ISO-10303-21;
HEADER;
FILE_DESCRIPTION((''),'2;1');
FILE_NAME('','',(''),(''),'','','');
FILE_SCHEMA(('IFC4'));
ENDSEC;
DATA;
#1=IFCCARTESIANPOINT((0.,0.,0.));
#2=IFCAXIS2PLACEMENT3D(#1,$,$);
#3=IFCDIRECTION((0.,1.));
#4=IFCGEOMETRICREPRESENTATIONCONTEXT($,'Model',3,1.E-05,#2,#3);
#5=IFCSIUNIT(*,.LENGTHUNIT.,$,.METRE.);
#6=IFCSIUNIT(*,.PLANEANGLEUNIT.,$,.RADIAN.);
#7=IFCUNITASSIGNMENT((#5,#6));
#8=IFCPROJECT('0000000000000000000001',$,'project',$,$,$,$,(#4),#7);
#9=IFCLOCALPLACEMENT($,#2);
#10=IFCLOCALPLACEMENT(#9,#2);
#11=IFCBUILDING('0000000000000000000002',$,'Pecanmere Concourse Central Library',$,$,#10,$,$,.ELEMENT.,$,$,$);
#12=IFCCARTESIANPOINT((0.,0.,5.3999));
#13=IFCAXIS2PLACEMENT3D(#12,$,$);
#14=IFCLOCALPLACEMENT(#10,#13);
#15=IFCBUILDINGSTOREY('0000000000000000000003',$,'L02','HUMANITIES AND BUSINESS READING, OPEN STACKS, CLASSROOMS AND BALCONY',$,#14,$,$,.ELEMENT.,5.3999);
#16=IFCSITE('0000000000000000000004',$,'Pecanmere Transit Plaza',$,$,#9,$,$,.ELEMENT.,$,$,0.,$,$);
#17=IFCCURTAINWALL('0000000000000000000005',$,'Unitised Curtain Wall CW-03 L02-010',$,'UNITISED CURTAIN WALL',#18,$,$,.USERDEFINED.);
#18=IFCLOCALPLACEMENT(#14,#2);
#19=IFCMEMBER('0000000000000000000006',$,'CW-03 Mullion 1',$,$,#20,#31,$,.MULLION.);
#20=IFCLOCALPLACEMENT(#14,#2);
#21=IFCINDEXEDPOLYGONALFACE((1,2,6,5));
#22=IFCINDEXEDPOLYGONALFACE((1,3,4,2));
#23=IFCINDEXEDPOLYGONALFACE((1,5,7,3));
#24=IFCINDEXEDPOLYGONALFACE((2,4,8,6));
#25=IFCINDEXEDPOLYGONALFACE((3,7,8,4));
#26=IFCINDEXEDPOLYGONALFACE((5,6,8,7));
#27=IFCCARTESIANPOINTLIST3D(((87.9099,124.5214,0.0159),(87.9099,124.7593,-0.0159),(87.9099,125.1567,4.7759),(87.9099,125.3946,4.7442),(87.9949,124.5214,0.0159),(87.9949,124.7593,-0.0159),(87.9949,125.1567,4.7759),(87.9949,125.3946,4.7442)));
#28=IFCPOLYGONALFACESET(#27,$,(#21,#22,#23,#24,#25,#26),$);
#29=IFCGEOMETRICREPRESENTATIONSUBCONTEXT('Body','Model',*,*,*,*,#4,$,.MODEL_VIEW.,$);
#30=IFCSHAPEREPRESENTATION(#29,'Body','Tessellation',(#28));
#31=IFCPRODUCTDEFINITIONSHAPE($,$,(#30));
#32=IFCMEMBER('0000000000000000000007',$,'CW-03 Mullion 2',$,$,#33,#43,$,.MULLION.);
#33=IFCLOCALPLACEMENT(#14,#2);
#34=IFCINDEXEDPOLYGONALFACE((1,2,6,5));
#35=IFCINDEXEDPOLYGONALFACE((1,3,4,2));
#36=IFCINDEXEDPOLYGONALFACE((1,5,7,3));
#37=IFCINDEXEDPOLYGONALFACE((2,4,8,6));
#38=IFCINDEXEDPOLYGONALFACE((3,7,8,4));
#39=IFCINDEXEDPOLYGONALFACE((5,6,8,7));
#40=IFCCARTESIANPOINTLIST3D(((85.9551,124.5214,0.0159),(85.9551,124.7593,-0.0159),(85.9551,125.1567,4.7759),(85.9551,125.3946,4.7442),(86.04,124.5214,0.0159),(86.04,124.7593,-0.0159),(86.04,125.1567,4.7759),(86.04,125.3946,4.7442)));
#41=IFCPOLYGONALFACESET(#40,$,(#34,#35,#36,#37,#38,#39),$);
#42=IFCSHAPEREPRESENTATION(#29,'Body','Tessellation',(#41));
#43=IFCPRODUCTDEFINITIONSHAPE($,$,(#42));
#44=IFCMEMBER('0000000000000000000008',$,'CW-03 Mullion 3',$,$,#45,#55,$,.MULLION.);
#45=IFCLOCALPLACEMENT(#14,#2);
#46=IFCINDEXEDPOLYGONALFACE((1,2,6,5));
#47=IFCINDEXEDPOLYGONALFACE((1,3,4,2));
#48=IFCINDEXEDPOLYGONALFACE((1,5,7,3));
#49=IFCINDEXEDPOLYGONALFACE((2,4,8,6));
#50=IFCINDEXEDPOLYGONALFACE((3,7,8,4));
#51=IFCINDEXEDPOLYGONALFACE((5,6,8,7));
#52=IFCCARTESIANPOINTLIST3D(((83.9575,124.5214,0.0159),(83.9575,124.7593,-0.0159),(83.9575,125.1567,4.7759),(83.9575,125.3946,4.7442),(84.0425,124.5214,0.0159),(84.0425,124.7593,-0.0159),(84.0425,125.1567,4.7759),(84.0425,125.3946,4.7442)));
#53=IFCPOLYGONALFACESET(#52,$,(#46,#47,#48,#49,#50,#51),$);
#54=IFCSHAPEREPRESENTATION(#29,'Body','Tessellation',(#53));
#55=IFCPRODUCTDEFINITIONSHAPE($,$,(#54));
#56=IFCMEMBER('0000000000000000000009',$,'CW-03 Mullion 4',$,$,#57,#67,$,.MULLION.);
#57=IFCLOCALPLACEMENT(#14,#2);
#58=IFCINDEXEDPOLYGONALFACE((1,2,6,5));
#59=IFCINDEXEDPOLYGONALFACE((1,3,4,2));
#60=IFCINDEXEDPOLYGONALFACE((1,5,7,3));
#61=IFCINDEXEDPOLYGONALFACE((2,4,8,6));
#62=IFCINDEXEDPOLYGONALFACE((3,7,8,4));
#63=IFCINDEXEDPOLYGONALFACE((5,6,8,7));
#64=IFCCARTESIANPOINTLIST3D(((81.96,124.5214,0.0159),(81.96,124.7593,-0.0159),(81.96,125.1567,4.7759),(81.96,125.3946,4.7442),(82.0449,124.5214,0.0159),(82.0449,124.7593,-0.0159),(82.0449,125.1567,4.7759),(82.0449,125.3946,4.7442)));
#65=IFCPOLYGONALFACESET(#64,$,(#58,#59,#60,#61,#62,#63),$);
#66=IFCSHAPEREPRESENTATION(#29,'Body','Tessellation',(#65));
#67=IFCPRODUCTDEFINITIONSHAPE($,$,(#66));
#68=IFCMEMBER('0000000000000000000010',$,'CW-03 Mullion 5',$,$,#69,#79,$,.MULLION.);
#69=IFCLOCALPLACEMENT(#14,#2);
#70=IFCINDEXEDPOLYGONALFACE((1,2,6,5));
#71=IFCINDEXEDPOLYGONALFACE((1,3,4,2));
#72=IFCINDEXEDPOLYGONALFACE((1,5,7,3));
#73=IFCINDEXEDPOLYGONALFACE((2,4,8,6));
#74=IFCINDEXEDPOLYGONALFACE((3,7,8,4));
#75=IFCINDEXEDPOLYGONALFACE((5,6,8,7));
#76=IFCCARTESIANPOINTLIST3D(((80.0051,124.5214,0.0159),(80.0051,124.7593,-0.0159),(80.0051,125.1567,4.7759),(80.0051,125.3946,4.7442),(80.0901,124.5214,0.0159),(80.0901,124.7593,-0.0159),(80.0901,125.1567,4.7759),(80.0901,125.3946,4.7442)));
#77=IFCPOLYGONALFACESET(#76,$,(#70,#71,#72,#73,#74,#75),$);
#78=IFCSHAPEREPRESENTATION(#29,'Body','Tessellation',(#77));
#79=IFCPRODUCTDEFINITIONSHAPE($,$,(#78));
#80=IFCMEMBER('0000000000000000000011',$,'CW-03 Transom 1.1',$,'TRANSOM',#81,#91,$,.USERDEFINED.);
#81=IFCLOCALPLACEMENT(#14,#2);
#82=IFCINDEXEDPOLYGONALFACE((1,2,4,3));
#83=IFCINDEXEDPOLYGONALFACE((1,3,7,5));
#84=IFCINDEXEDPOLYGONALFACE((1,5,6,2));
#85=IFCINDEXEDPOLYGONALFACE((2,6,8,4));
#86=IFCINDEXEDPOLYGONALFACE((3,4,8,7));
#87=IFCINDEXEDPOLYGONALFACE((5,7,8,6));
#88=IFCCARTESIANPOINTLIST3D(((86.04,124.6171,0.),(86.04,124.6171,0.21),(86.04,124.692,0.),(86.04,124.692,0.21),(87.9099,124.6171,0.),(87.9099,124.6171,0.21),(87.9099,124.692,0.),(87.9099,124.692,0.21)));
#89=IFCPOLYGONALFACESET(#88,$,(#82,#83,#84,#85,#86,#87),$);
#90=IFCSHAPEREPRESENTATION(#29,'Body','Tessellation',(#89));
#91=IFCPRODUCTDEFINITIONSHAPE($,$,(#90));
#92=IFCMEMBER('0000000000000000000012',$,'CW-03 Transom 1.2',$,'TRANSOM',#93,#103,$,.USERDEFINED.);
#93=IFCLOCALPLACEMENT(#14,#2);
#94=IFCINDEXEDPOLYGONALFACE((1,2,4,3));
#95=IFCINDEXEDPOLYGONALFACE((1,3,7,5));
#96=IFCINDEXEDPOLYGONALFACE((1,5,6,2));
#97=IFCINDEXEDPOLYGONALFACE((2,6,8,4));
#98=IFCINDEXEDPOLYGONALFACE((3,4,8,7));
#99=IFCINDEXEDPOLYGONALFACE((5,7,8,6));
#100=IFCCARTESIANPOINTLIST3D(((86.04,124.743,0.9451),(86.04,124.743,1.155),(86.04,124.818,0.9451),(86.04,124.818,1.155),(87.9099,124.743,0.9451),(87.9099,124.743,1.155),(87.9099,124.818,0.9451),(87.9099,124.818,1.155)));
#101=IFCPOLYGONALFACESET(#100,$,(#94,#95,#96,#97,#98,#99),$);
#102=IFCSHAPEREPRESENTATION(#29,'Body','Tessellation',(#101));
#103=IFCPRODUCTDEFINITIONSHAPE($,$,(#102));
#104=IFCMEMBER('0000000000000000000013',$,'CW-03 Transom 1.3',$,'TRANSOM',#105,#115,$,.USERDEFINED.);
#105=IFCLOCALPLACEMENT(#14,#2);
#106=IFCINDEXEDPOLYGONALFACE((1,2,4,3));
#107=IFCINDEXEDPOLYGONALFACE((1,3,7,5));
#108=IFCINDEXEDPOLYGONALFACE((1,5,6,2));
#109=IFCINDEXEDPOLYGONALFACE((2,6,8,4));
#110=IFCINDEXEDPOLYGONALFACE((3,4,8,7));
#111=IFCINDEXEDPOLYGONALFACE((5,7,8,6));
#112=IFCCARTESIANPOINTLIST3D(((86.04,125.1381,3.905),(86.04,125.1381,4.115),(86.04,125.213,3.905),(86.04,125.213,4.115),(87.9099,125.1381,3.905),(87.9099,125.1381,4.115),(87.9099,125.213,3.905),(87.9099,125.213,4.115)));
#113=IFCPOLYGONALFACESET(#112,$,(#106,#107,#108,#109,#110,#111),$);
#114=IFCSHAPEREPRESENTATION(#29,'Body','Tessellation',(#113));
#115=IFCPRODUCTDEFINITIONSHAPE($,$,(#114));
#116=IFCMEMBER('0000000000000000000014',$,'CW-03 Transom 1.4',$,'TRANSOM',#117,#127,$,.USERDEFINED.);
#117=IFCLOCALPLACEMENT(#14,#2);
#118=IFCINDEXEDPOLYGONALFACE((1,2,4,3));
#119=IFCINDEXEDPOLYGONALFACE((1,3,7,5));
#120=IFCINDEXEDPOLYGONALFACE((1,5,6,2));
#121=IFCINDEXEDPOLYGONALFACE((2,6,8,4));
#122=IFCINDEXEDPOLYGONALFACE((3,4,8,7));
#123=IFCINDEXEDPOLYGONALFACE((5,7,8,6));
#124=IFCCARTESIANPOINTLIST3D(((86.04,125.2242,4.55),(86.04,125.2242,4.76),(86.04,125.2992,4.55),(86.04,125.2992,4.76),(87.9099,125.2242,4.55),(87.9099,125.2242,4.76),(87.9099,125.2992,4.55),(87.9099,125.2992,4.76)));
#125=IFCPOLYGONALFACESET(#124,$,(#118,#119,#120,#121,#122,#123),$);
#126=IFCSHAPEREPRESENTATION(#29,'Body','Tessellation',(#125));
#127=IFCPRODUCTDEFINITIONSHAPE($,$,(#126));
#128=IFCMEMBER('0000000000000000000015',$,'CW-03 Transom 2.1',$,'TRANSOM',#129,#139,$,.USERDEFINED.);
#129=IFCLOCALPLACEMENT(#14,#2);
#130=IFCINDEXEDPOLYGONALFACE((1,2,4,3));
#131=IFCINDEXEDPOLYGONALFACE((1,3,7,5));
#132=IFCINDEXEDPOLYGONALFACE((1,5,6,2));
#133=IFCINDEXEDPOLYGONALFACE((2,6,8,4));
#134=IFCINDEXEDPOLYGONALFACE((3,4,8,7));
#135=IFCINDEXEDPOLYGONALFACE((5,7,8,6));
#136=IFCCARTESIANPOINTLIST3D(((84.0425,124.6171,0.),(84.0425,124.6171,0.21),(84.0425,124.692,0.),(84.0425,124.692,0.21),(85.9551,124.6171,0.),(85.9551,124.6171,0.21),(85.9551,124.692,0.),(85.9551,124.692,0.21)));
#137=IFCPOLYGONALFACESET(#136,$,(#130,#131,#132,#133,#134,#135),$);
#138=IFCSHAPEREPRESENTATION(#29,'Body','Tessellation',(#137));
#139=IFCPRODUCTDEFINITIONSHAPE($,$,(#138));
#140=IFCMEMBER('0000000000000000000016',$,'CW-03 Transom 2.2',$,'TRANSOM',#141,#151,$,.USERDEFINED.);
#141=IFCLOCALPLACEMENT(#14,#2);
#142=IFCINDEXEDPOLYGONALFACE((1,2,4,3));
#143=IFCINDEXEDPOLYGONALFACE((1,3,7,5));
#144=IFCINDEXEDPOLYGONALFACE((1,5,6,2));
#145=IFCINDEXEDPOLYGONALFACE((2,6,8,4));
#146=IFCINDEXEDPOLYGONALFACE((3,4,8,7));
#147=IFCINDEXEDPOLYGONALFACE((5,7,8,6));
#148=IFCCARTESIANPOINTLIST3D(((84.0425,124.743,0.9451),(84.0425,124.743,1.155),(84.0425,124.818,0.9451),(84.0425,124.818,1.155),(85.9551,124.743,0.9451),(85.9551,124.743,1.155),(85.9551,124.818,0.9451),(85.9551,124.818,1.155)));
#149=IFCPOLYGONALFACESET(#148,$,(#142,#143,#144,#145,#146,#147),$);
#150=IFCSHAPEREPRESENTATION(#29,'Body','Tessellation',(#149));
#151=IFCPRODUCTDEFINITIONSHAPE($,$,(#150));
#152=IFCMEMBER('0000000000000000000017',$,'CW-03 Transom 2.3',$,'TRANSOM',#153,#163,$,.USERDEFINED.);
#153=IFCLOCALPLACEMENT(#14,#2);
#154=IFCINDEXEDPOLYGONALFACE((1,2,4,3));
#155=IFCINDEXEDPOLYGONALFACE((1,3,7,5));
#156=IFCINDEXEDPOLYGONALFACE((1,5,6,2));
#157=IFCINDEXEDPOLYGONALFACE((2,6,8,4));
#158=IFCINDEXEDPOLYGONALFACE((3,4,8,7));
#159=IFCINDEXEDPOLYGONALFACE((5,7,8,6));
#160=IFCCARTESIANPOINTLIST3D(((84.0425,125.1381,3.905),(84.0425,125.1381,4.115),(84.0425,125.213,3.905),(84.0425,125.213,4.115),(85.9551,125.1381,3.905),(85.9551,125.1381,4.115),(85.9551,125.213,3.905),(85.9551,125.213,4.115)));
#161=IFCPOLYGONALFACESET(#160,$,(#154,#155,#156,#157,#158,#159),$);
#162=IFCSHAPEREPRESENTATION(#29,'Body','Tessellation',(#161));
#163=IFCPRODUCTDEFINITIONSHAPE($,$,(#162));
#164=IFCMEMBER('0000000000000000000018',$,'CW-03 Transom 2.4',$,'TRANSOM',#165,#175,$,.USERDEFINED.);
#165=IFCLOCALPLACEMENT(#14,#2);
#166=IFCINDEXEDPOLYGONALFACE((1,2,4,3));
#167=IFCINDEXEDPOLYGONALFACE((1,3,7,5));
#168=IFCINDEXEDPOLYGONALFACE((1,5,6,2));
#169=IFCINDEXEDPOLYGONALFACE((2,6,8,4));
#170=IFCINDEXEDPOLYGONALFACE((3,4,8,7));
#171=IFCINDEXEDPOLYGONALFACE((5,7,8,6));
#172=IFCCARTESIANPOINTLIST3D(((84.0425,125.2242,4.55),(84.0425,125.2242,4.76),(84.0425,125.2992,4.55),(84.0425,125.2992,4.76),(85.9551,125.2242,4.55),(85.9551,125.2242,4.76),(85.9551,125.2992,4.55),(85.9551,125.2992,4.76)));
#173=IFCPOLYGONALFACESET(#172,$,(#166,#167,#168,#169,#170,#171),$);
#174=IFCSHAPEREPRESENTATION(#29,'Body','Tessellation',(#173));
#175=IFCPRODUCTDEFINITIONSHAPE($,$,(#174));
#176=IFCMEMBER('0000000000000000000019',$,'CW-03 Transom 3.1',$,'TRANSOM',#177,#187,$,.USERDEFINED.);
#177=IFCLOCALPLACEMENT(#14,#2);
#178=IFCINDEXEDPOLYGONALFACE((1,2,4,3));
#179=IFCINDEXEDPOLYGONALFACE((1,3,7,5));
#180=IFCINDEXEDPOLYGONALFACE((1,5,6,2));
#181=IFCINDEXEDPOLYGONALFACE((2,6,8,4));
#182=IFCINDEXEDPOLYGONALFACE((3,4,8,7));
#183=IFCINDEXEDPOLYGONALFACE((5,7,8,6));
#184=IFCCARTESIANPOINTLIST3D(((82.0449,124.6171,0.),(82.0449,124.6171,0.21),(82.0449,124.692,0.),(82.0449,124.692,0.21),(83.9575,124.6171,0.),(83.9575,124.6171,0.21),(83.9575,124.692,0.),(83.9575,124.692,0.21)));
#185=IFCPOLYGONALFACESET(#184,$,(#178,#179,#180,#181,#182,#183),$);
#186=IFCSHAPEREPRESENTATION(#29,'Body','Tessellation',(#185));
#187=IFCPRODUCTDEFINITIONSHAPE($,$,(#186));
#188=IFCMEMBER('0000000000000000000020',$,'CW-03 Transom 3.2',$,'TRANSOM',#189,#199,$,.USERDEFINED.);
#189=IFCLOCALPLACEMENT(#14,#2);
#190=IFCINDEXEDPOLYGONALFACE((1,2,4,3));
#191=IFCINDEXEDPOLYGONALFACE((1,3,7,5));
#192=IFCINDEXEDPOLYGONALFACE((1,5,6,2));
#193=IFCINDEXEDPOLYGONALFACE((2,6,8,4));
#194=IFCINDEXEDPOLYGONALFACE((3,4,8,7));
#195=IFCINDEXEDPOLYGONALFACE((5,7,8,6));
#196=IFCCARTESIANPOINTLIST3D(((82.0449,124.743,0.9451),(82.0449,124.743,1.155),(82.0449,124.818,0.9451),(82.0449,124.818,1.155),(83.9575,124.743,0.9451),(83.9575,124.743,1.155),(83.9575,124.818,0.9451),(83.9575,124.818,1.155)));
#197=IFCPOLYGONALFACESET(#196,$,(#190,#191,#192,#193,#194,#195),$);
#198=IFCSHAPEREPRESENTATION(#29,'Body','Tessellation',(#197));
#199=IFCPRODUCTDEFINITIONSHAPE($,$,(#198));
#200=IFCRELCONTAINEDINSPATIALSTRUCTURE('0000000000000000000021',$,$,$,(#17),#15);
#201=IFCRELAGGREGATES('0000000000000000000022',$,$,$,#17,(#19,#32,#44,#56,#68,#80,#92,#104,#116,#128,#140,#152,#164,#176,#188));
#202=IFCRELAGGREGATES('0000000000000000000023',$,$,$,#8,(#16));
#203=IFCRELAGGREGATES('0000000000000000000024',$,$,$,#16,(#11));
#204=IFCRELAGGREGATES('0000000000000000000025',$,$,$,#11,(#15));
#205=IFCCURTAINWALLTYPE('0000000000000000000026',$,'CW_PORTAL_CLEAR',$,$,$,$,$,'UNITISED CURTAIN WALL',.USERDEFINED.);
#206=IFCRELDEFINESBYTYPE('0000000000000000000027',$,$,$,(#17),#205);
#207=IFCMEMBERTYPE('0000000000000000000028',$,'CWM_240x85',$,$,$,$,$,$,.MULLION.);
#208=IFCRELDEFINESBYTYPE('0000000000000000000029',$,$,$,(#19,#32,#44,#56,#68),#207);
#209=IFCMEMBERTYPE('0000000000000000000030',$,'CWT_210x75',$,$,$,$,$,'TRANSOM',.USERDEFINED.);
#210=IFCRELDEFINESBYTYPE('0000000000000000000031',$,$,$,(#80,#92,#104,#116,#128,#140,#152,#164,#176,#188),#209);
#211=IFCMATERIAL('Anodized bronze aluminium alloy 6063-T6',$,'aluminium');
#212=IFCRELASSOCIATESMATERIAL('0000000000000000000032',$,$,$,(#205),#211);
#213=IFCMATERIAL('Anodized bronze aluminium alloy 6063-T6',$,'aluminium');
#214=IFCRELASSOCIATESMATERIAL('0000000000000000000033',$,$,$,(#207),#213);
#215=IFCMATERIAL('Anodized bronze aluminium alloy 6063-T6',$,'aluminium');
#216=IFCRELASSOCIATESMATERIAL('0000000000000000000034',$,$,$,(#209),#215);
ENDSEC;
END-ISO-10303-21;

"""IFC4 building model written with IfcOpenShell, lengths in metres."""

from ifc_helpers import new_model, si_unit, direction, frame, origin, origin_2d, place, context, subcontext, project, spatial, rectangle, extrude, material, material_profile, profile_set, type_object, element, aggregate, save


model = new_model("IFC4")

# Units and contexts
model_context = context("Model", 3, precision=1e-05, world=origin(), true_north=direction((0.0, 1.0)))
body_context = subcontext(model_context, "Body", "Model", "MODEL_VIEW")
ifc_project = project(units=[si_unit("LENGTHUNIT", "METRE"), si_unit("PLANEANGLEUNIT", "RADIAN")], contexts=[model_context])

# Site, building, storey
site_placement = place(None, origin())
site = spatial("IfcSite", under=ifc_project, at=site_placement, Name="Pecanmere Transit Plaza", CompositionType="ELEMENT", RefElevation=0.0)
building_placement = place(site_placement, origin())
building = spatial("IfcBuilding", under=site, at=building_placement, Name="Pecanmere Concourse Central Library", CompositionType="ELEMENT")
storey_placement = place(building_placement, frame((0.0, 0.0, 5.3999)))
storey = spatial("IfcBuildingStorey", under=building, at=storey_placement, Name="L02", Description="HUMANITIES AND BUSINESS READING, OPEN STACKS, CLASSROOMS AND BALCONY", CompositionType="ELEMENT", Elevation=5.3999)

# Curtain wall, members
ifc_material_1 = material(Name="Anodized bronze aluminium alloy 6063-T6", Category="aluminium")
curtain_wall_type = type_object("IfcCurtainWallType", Name="CW_PORTAL_CLEAR", ElementType="UNITISED CURTAIN WALL", PredefinedType="USERDEFINED", material=ifc_material_1)
curtain_wall_placement = place(storey_placement, origin())
curtain_wall = element("IfcCurtainWall", 1, at=curtain_wall_placement, inside=storey, type_object=curtain_wall_type, Name="Unitised Curtain Wall CW-03 L02-010", ObjectType="UNITISED CURTAIN WALL", PredefinedType="USERDEFINED")
ifc_material_2 = material(Name="Anodized bronze aluminium alloy 6063-T6", Category="aluminium")
ifc_material_profile_1 = material_profile(ifc_material_2, rectangle(XDim=0.085, YDim=0.24, at=origin_2d()), Name="AL 85x240")
ifc_profile_set_1 = profile_set([ifc_material_profile_1], Name="Anodized bronze aluminium alloy 6063-T6")
member_type_1 = type_object("IfcMemberType", Name="CWM_240x85", PredefinedType="MULLION", material=ifc_profile_set_1)
member_1_placement = place(storey_placement, frame((87.9524, 124.6404, 0.0), z_axis=(0.0, 0.132284, 0.991212), x_axis=(-1.0, 0.0, 0.0)))
member_1 = element("IfcMember", 2, at=member_1_placement, type_object=member_type_1, Name="CW-03 Mullion 1", PredefinedType="MULLION", context=body_context, shape_type="SweptSolid", body=[
    extrude(rectangle(XDim=0.085, YDim=0.24, at=origin_2d()), origin(), (0.0, 0.0, 1.0), 4.8022),
])
member_2_placement = place(storey_placement, frame((85.9976, 124.6404, 0.0), z_axis=(0.0, 0.132284, 0.991212), x_axis=(-1.0, 0.0, 0.0)))
member_2 = element("IfcMember", 3, at=member_2_placement, type_object=member_type_1, Name="CW-03 Mullion 2", PredefinedType="MULLION", context=body_context, shape_type="SweptSolid", body=[
    extrude(rectangle(XDim=0.085, YDim=0.24, at=origin_2d()), origin(), (0.0, 0.0, 1.0), 4.8022),
])
member_3_placement = place(storey_placement, frame((84.0, 124.6404, 0.0), z_axis=(0.0, 0.132284, 0.991212), x_axis=(-1.0, 0.0, 0.0)))
member_3 = element("IfcMember", 4, at=member_3_placement, type_object=member_type_1, Name="CW-03 Mullion 3", PredefinedType="MULLION", context=body_context, shape_type="SweptSolid", body=[
    extrude(rectangle(XDim=0.085, YDim=0.24, at=origin_2d()), origin(), (0.0, 0.0, 1.0), 4.8022),
])
member_4_placement = place(storey_placement, frame((82.0024, 124.6404, 0.0), z_axis=(0.0, 0.132284, 0.991212), x_axis=(-1.0, 0.0, 0.0)))
member_4 = element("IfcMember", 5, at=member_4_placement, type_object=member_type_1, Name="CW-03 Mullion 4", PredefinedType="MULLION", context=body_context, shape_type="SweptSolid", body=[
    extrude(rectangle(XDim=0.085, YDim=0.24, at=origin_2d()), origin(), (0.0, 0.0, 1.0), 4.8022),
])
member_5_placement = place(storey_placement, frame((80.0476, 124.6404, 0.0), z_axis=(0.0, 0.132284, 0.991212), x_axis=(-1.0, 0.0, 0.0)))
member_5 = element("IfcMember", 6, at=member_5_placement, type_object=member_type_1, Name="CW-03 Mullion 5", PredefinedType="MULLION", context=body_context, shape_type="SweptSolid", body=[
    extrude(rectangle(XDim=0.085, YDim=0.24, at=origin_2d()), origin(), (0.0, 0.0, 1.0), 4.8022),
])
ifc_material_3 = material(Name="Anodized bronze aluminium alloy 6063-T6", Category="aluminium")
ifc_material_profile_2 = material_profile(ifc_material_3, rectangle(XDim=0.075, YDim=0.21, at=origin_2d()), Name="AL 75x210")
ifc_profile_set_2 = profile_set([ifc_material_profile_2], Name="Anodized bronze aluminium alloy 6063-T6")
member_type_2 = type_object("IfcMemberType", Name="CWT_210x75", ElementType="TRANSOM", PredefinedType="USERDEFINED", material=ifc_profile_set_2)
member_6_placement = place(storey_placement, frame((87.9099, 124.6545, 0.105), z_axis=(-1.0, 0.0, 0.0), x_axis=(0.0, -1.0, 0.0)))
member_6 = element("IfcMember", 7, at=member_6_placement, type_object=member_type_2, Name="CW-03 Transom 1.1", ObjectType="TRANSOM", PredefinedType="USERDEFINED", context=body_context, shape_type="SweptSolid", body=[
    extrude(rectangle(XDim=0.075, YDim=0.21, at=origin_2d()), origin(), (0.0, 0.0, 1.0), 1.8699),
])
member_7_placement = place(storey_placement, frame((87.9099, 124.7805, 1.05), z_axis=(-1.0, 0.0, 0.0), x_axis=(0.0, -1.0, 0.0)))
member_7 = element("IfcMember", 8, at=member_7_placement, type_object=member_type_2, Name="CW-03 Transom 1.2", ObjectType="TRANSOM", PredefinedType="USERDEFINED", context=body_context, shape_type="SweptSolid", body=[
    extrude(rectangle(XDim=0.075, YDim=0.21, at=origin_2d()), origin(), (0.0, 0.0, 1.0), 1.8699),
])
member_8_placement = place(storey_placement, frame((87.9099, 125.1755, 4.01), z_axis=(-1.0, 0.0, 0.0), x_axis=(0.0, -1.0, 0.0)))
member_8 = element("IfcMember", 9, at=member_8_placement, type_object=member_type_2, Name="CW-03 Transom 1.3", ObjectType="TRANSOM", PredefinedType="USERDEFINED", context=body_context, shape_type="SweptSolid", body=[
    extrude(rectangle(XDim=0.075, YDim=0.21, at=origin_2d()), origin(), (0.0, 0.0, 1.0), 1.8699),
])
member_9_placement = place(storey_placement, frame((87.9099, 125.2617, 4.655), z_axis=(-1.0, 0.0, 0.0), x_axis=(0.0, -1.0, 0.0)))
member_9 = element("IfcMember", 10, at=member_9_placement, type_object=member_type_2, Name="CW-03 Transom 1.4", ObjectType="TRANSOM", PredefinedType="USERDEFINED", context=body_context, shape_type="SweptSolid", body=[
    extrude(rectangle(XDim=0.075, YDim=0.21, at=origin_2d()), origin(), (0.0, 0.0, 1.0), 1.8699),
])
member_10_placement = place(storey_placement, frame((85.9551, 124.6545, 0.105), z_axis=(-1.0, 0.0, 0.0), x_axis=(0.0, -1.0, 0.0)))
member_10 = element("IfcMember", 11, at=member_10_placement, type_object=member_type_2, Name="CW-03 Transom 2.1", ObjectType="TRANSOM", PredefinedType="USERDEFINED", context=body_context, shape_type="SweptSolid", body=[
    extrude(rectangle(XDim=0.075, YDim=0.21, at=origin_2d()), origin(), (0.0, 0.0, 1.0), 1.9126),
])
member_11_placement = place(storey_placement, frame((85.9551, 124.7805, 1.05), z_axis=(-1.0, 0.0, 0.0), x_axis=(0.0, -1.0, 0.0)))
member_11 = element("IfcMember", 12, at=member_11_placement, type_object=member_type_2, Name="CW-03 Transom 2.2", ObjectType="TRANSOM", PredefinedType="USERDEFINED", context=body_context, shape_type="SweptSolid", body=[
    extrude(rectangle(XDim=0.075, YDim=0.21, at=origin_2d()), origin(), (0.0, 0.0, 1.0), 1.9126),
])
member_12_placement = place(storey_placement, frame((85.9551, 125.1755, 4.01), z_axis=(-1.0, 0.0, 0.0), x_axis=(0.0, -1.0, 0.0)))
member_12 = element("IfcMember", 13, at=member_12_placement, type_object=member_type_2, Name="CW-03 Transom 2.3", ObjectType="TRANSOM", PredefinedType="USERDEFINED", context=body_context, shape_type="SweptSolid", body=[
    extrude(rectangle(XDim=0.075, YDim=0.21, at=origin_2d()), origin(), (0.0, 0.0, 1.0), 1.9126),
])
member_13_placement = place(storey_placement, frame((85.9551, 125.2617, 4.655), z_axis=(-1.0, 0.0, 0.0), x_axis=(0.0, -1.0, 0.0)))
member_13 = element("IfcMember", 14, at=member_13_placement, type_object=member_type_2, Name="CW-03 Transom 2.4", ObjectType="TRANSOM", PredefinedType="USERDEFINED", context=body_context, shape_type="SweptSolid", body=[
    extrude(rectangle(XDim=0.075, YDim=0.21, at=origin_2d()), origin(), (0.0, 0.0, 1.0), 1.9126),
])
member_14_placement = place(storey_placement, frame((83.9575, 124.6545, 0.105), z_axis=(-1.0, 0.0, 0.0), x_axis=(0.0, -1.0, 0.0)))
member_14 = element("IfcMember", 15, at=member_14_placement, type_object=member_type_2, Name="CW-03 Transom 3.1", ObjectType="TRANSOM", PredefinedType="USERDEFINED", context=body_context, shape_type="SweptSolid", body=[
    extrude(rectangle(XDim=0.075, YDim=0.21, at=origin_2d()), origin(), (0.0, 0.0, 1.0), 1.9126),
])
member_15_placement = place(storey_placement, frame((83.9575, 124.7805, 1.05), z_axis=(-1.0, 0.0, 0.0), x_axis=(0.0, -1.0, 0.0)))
member_15 = element("IfcMember", 16, at=member_15_placement, type_object=member_type_2, Name="CW-03 Transom 3.2", ObjectType="TRANSOM", PredefinedType="USERDEFINED", context=body_context, shape_type="SweptSolid", body=[
    extrude(rectangle(XDim=0.075, YDim=0.21, at=origin_2d()), origin(), (0.0, 0.0, 1.0), 1.9126),
])

aggregate(curtain_wall, [member_1, member_2, member_3, member_4, member_5, member_6, member_7, member_8, member_9, member_10, member_11, member_12, member_13, member_14, member_15])

save(model, "model.ifc")
